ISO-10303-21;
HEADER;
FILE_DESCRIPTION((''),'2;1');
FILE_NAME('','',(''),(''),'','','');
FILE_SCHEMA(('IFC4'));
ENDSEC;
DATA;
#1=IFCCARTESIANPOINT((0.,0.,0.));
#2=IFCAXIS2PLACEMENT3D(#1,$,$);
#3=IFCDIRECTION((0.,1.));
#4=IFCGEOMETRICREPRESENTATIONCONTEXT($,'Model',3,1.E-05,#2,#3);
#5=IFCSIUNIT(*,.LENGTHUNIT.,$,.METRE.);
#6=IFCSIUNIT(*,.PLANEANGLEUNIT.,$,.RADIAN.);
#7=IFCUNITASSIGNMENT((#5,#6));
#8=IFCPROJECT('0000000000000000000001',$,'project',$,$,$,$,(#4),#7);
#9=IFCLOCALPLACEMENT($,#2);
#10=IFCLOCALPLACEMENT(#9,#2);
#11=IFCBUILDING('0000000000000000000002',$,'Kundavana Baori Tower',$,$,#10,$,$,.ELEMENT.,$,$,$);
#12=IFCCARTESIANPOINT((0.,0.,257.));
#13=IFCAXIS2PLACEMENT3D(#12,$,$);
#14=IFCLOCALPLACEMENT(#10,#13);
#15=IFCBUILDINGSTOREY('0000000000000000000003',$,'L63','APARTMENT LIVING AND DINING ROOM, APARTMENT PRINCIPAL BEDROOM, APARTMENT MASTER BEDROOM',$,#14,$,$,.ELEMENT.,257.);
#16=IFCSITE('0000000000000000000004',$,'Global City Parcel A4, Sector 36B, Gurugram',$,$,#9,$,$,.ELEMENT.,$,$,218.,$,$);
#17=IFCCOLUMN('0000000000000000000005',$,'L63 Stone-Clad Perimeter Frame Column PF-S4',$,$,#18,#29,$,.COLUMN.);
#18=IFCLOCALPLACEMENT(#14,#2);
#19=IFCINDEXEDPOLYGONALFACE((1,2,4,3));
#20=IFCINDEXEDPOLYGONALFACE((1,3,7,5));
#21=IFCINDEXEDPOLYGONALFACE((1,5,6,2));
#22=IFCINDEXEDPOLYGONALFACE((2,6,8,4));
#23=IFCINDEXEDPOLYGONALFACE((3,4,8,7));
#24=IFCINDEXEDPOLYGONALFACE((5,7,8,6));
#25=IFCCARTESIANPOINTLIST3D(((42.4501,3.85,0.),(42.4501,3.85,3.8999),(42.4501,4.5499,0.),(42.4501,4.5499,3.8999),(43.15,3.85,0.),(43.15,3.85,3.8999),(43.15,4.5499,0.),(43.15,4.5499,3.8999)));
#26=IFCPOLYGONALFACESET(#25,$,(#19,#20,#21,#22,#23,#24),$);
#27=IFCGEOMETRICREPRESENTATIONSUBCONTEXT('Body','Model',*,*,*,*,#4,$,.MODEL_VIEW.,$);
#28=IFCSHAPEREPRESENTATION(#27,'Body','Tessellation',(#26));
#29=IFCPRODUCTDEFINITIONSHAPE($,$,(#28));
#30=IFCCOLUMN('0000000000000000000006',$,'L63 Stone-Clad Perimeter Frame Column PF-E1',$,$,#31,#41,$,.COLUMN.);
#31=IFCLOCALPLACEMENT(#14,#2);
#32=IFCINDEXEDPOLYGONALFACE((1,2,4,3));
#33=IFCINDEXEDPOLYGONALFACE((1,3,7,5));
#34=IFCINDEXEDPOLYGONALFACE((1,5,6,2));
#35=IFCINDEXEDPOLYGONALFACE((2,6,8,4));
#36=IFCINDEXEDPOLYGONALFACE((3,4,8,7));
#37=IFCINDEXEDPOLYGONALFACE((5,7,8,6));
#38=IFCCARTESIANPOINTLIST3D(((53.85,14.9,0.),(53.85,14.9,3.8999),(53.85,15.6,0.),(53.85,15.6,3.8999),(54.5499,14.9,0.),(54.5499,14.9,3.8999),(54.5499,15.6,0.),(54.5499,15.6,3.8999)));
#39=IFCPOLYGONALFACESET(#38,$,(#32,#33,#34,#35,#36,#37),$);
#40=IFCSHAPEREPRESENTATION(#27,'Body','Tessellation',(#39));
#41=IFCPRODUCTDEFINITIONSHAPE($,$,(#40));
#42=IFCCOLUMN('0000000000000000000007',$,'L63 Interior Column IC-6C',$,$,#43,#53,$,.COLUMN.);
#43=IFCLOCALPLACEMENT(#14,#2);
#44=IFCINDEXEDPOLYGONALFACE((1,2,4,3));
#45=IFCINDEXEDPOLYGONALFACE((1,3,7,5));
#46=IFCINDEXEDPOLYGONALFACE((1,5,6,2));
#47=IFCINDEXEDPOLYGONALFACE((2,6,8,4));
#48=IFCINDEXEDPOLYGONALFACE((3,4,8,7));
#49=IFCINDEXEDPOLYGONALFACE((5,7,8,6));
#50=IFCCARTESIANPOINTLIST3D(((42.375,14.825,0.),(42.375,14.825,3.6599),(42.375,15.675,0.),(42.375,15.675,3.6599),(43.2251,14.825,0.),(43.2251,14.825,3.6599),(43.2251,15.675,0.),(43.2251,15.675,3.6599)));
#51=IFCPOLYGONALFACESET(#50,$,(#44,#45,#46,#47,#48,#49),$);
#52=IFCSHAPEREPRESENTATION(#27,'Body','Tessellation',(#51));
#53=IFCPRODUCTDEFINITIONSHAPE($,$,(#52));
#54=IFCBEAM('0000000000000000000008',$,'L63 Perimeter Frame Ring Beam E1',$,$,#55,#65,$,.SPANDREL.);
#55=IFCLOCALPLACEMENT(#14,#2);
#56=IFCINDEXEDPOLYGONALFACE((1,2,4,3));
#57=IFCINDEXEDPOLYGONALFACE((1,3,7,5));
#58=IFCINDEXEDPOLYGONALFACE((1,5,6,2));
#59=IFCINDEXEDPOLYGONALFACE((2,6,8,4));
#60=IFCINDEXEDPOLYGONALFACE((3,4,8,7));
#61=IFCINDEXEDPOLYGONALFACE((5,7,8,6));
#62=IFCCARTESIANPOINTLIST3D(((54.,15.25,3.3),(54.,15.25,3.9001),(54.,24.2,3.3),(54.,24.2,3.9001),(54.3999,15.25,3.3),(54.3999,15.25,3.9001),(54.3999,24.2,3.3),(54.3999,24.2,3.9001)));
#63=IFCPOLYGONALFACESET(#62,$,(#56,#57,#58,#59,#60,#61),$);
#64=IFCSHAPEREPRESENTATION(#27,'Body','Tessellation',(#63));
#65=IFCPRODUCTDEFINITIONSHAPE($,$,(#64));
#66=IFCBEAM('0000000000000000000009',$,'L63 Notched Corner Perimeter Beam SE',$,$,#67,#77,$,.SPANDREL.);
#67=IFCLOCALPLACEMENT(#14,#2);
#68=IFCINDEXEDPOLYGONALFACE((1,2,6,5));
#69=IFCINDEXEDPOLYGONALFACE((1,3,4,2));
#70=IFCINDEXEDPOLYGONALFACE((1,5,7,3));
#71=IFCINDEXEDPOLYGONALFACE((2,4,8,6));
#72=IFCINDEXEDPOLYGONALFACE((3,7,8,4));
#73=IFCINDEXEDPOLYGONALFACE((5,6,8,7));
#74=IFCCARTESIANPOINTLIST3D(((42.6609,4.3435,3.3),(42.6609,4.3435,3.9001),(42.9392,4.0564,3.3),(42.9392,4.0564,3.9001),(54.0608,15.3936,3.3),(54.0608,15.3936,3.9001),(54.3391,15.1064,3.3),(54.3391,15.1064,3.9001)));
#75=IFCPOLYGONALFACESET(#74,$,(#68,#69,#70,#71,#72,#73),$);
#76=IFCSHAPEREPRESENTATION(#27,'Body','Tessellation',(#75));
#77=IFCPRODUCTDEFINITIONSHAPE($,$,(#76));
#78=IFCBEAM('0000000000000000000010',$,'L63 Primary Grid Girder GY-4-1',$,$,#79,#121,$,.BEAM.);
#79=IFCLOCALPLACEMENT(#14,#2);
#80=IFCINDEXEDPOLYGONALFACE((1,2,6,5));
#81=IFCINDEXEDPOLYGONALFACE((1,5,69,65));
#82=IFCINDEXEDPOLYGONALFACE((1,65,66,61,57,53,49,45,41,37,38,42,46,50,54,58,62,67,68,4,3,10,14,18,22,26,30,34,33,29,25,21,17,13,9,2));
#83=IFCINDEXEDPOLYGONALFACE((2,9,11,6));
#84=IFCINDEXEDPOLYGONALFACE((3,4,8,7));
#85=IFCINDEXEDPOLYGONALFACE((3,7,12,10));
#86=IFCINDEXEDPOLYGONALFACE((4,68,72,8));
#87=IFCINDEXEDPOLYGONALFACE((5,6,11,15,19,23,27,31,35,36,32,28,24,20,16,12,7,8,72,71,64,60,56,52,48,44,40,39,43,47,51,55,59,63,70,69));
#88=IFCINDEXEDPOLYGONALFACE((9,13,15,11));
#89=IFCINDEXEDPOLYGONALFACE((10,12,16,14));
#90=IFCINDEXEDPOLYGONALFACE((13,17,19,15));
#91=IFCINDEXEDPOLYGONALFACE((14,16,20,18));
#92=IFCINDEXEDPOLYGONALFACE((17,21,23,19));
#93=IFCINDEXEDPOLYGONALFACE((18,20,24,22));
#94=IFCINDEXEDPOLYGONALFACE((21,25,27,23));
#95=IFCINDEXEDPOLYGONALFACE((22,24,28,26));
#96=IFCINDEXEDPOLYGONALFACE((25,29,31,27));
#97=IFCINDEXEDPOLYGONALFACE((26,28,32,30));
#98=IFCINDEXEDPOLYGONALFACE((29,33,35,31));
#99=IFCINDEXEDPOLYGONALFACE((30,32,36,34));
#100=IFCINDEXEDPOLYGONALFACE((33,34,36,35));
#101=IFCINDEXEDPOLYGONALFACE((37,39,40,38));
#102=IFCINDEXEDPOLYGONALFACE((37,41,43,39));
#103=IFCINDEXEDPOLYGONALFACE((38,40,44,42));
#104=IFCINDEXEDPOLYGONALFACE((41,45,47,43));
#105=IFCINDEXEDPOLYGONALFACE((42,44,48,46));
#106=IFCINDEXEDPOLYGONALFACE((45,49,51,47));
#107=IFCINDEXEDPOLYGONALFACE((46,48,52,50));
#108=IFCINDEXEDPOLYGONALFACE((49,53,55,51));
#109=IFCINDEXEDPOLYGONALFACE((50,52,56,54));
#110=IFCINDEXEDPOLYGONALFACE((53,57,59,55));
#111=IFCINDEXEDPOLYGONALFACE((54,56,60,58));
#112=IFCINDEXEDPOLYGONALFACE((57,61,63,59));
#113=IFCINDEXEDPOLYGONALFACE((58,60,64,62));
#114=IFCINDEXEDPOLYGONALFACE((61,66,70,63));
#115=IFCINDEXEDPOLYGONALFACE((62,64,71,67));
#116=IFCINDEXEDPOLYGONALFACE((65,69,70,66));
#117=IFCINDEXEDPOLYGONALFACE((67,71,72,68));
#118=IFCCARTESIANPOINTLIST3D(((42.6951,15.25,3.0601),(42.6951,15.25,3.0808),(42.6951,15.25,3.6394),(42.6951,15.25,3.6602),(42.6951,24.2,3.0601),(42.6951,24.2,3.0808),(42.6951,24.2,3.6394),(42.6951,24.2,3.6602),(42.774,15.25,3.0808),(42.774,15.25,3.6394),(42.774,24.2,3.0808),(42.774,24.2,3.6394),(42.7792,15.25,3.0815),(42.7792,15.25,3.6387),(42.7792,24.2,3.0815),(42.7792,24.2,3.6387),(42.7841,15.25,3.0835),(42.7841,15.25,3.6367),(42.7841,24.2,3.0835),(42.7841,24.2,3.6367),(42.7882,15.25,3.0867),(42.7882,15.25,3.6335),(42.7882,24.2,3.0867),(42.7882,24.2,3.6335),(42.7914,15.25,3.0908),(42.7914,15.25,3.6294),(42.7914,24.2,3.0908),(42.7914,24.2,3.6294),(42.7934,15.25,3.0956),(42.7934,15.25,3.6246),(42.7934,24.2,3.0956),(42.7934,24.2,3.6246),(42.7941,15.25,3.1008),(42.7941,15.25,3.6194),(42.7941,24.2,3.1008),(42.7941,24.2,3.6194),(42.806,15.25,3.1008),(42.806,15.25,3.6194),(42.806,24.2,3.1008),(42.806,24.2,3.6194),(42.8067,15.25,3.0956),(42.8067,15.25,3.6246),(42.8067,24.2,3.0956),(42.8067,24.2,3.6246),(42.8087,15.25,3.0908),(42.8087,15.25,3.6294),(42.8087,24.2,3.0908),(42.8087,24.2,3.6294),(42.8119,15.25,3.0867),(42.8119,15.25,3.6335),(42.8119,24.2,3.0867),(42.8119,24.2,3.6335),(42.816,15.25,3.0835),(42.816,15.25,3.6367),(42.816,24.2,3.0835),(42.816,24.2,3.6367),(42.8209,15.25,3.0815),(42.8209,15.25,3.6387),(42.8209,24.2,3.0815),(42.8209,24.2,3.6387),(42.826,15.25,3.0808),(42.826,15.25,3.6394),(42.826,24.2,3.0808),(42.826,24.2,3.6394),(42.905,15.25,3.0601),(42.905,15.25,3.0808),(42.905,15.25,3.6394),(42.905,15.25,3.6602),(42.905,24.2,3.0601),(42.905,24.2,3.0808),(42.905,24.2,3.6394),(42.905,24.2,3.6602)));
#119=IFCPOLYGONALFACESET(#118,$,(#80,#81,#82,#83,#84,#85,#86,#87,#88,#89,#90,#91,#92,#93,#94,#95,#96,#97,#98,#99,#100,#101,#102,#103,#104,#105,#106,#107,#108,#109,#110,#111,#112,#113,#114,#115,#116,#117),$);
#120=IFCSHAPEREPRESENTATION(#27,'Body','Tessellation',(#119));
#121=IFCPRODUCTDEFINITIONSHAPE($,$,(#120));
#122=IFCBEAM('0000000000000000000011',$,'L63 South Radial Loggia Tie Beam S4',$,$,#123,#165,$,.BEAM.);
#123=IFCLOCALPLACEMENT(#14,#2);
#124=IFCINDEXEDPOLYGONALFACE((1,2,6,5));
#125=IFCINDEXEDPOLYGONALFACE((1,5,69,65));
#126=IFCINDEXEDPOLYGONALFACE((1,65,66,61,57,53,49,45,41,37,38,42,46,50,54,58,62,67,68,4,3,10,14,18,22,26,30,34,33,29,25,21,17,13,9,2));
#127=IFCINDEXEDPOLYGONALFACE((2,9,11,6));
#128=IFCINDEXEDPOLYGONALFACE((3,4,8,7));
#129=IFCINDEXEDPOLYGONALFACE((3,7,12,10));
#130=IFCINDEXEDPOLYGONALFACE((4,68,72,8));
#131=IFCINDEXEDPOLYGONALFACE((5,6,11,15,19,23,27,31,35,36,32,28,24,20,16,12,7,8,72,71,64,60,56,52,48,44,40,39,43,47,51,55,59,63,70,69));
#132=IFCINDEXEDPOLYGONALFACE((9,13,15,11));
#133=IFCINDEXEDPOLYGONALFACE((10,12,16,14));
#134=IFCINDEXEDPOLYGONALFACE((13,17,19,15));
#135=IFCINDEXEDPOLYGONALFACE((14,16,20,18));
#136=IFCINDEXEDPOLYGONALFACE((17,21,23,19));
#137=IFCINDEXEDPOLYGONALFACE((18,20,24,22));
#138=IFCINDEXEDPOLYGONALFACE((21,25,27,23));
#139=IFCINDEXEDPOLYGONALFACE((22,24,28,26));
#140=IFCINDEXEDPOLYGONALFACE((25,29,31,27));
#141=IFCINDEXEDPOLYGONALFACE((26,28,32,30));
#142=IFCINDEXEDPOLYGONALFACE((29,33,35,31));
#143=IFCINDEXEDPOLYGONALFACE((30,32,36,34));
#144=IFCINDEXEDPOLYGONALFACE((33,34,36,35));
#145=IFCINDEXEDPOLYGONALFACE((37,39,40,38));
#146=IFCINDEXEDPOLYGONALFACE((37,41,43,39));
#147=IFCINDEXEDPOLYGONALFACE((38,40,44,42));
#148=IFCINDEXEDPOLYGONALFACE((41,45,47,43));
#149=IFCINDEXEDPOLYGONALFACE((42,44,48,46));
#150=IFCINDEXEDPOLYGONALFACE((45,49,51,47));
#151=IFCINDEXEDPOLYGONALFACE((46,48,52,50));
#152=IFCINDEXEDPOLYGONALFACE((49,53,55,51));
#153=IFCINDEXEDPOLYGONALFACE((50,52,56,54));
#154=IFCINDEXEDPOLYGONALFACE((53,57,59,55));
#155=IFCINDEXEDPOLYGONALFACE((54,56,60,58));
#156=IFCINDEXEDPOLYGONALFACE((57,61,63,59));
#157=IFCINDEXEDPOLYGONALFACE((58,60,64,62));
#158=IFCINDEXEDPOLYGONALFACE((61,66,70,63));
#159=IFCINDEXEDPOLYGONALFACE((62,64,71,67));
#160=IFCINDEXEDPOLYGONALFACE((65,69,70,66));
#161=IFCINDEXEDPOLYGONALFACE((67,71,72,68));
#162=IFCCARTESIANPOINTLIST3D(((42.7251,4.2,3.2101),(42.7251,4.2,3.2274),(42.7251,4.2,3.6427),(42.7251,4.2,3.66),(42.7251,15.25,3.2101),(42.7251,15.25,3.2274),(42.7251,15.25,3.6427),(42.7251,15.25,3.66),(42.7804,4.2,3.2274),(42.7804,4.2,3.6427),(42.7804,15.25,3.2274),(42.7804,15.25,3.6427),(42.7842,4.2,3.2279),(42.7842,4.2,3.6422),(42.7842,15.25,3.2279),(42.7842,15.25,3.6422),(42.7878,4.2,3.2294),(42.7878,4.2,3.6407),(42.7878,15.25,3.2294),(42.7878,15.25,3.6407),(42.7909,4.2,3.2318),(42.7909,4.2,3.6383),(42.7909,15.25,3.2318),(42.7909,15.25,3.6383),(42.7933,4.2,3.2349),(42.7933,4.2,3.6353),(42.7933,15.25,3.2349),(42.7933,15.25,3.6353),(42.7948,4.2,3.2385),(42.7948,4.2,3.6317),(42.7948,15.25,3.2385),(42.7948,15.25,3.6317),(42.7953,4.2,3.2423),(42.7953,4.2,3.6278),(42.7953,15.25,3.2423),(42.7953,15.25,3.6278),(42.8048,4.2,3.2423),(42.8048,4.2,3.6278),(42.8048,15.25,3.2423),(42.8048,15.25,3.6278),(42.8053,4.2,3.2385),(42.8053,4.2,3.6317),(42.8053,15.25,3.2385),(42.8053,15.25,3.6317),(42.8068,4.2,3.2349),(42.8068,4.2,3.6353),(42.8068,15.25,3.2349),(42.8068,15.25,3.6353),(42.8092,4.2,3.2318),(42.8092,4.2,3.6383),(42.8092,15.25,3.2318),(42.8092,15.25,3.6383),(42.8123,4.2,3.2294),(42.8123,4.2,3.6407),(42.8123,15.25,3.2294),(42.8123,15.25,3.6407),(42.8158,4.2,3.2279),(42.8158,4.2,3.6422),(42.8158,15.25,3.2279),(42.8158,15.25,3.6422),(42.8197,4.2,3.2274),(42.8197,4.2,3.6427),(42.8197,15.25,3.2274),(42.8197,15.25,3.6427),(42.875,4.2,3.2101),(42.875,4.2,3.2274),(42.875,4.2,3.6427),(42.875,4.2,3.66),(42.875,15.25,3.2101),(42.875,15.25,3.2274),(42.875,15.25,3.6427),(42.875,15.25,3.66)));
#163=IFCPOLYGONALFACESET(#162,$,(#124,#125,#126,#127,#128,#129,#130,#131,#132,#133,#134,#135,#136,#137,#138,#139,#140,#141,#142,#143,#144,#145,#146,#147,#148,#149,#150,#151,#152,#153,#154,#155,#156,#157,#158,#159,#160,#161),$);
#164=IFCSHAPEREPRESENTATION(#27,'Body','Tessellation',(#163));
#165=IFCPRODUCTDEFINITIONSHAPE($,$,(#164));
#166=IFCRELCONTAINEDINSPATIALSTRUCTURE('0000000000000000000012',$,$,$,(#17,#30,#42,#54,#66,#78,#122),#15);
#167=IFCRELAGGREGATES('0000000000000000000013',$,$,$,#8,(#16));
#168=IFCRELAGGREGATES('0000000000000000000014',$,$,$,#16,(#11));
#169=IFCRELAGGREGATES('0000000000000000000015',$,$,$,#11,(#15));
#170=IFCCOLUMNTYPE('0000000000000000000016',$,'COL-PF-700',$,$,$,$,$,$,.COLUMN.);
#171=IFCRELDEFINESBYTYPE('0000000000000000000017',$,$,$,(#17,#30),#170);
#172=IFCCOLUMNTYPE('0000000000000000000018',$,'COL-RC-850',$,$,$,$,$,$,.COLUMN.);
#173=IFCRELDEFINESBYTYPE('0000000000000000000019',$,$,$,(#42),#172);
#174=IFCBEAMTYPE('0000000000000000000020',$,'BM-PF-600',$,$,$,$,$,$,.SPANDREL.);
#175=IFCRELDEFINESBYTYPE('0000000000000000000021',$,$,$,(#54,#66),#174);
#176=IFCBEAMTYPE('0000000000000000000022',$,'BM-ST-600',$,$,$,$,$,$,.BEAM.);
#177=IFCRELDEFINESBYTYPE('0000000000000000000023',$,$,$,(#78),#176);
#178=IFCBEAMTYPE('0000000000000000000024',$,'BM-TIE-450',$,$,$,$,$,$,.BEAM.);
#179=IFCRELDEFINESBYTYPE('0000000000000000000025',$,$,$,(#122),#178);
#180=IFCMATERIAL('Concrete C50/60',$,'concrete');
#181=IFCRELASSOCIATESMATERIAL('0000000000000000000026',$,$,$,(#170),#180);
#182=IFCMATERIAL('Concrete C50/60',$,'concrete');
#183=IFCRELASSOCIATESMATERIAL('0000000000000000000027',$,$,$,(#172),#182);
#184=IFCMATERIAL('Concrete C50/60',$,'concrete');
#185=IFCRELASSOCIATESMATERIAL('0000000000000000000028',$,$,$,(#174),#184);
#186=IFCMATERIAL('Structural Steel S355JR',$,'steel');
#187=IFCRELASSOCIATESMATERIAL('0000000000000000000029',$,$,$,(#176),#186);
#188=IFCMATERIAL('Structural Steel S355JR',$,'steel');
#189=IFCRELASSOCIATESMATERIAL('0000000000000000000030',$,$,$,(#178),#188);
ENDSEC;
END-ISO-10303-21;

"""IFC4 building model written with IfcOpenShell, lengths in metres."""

from ifc_helpers import new_model, si_unit, direction, frame, origin, origin_2d, place, context, subcontext, project, spatial, rectangle, i_section, extrude, material, material_profile, profile_set, type_object, element, save


model = new_model("IFC4")

# Units and contexts
model_context = context("Model", 3, precision=1e-05, world=origin(), true_north=direction((0.0, 1.0)))
body_context = subcontext(model_context, "Body", "Model", "MODEL_VIEW")
ifc_project = project(units=[si_unit("LENGTHUNIT", "METRE"), si_unit("PLANEANGLEUNIT", "RADIAN")], contexts=[model_context])

# Site, building, storey
site_placement = place(None, origin())
site = spatial("IfcSite", under=ifc_project, at=site_placement, Name="Global City Parcel A4, Sector 36B, Gurugram", CompositionType="ELEMENT", RefElevation=218.0)
building_placement = place(site_placement, origin())
building = spatial("IfcBuilding", under=site, at=building_placement, Name="Kundavana Baori Tower", CompositionType="ELEMENT")
storey_placement = place(building_placement, frame((0.0, 0.0, 257.0)))
storey = spatial("IfcBuildingStorey", under=building, at=storey_placement, Name="L63", Description="APARTMENT LIVING AND DINING ROOM, APARTMENT PRINCIPAL BEDROOM, APARTMENT MASTER BEDROOM", CompositionType="ELEMENT", Elevation=257.0)

# Columns
ifc_material_1 = material(Name="Concrete C50/60", Category="concrete")
ifc_material_profile_1 = material_profile(ifc_material_1, rectangle(XDim=0.7, YDim=0.7, at=origin_2d()), Name="RC PF 700x700")
ifc_profile_set_1 = profile_set([ifc_material_profile_1], Name="Concrete C50/60")
column_type_1 = type_object("IfcColumnType", Name="COL-PF-700", PredefinedType="COLUMN", material=ifc_profile_set_1)
for number, where, z_axis, x_axis, name in (
    (1, (42.8, 4.2, 0.0), (0.0, 0.0, 1.0), (1.0, 0.0, 0.0), "L63 Stone-Clad Perimeter Frame Column PF-S4"),
    (2, (54.2, 15.25, 0.0), (0.0, 0.0, 1.0), (1.0, 0.0, 0.0), "L63 Stone-Clad Perimeter Frame Column PF-E1"),
):
    element("IfcColumn", number, at=place(storey_placement, frame(where, z_axis=z_axis, x_axis=x_axis)), inside=storey, type_object=column_type_1, Name=name, PredefinedType="COLUMN", context=body_context, shape_type="SweptSolid", body=[
        extrude(rectangle(XDim=0.7, YDim=0.7, at=origin_2d()), origin(), (0.0, 0.0, 1.0), 3.8999),
    ])
ifc_material_2 = material(Name="Concrete C50/60", Category="concrete")
ifc_material_profile_2 = material_profile(ifc_material_2, rectangle(XDim=0.8501, YDim=0.8501, at=origin_2d()), Name="RC 850x850")
ifc_profile_set_2 = profile_set([ifc_material_profile_2], Name="Concrete C50/60")
column_type_2 = type_object("IfcColumnType", Name="COL-RC-850", PredefinedType="COLUMN", material=ifc_profile_set_2)
column_placement = place(storey_placement, frame((42.8, 15.25, 0.0), z_axis=(0.0, 0.0, 1.0), x_axis=(1.0, 0.0, 0.0)))
element("IfcColumn", 3, at=column_placement, inside=storey, type_object=column_type_2, Name="L63 Interior Column IC-6C", PredefinedType="COLUMN", context=body_context, shape_type="SweptSolid", body=[
    extrude(rectangle(XDim=0.8501, YDim=0.8501, at=origin_2d()), origin(), (0.0, 0.0, 1.0), 3.6599),
])

# Beams
ifc_material_3 = material(Name="Concrete C50/60", Category="concrete")
ifc_material_profile_3 = material_profile(ifc_material_3, rectangle(XDim=0.3999, YDim=0.6001, at=origin_2d()), Name="RC BM 400x600")
ifc_profile_set_3 = profile_set([ifc_material_profile_3], Name="Concrete C50/60")
beam_type_1 = type_object("IfcBeamType", Name="BM-PF-600", PredefinedType="SPANDREL", material=ifc_profile_set_3)
beam_1_placement = place(storey_placement, frame((54.2, 15.25, 3.6001), z_axis=(0.0, 1.0, 0.0), x_axis=(-1.0, 0.0, 0.0)))
element("IfcBeam", 4, at=beam_1_placement, inside=storey, type_object=beam_type_1, Name="L63 Perimeter Frame Ring Beam E1", PredefinedType="SPANDREL", context=body_context, shape_type="SweptSolid", body=[
    extrude(rectangle(XDim=0.3999, YDim=0.6001, at=origin_2d()), origin(), (0.0, 0.0, 1.0), 8.95),
])
beam_2_placement = place(storey_placement, frame((42.8, 4.2, 3.6001), z_axis=(0.718039, 0.696003, 0.0), x_axis=(-0.696003, 0.718039, 0.0)))
element("IfcBeam", 5, at=beam_2_placement, inside=storey, type_object=beam_type_1, Name="L63 Notched Corner Perimeter Beam SE", PredefinedType="SPANDREL", context=body_context, shape_type="SweptSolid", body=[
    extrude(rectangle(XDim=0.3999, YDim=0.6001, at=origin_2d()), origin(), (0.0, 0.0, 1.0), 15.8765),
])
ifc_material_4 = material(Name="Structural Steel S355JR", Category="steel")
ifc_material_profile_4 = material_profile(ifc_material_4, i_section(OverallWidth=0.21, OverallDepth=0.6001, WebThickness=0.012, FlangeThickness=0.0208, FilletRadius=0.02, at=origin_2d()), Name="ISMB 600")
ifc_profile_set_4 = profile_set([ifc_material_profile_4], Name="Structural Steel S355JR")
beam_type_2 = type_object("IfcBeamType", Name="BM-ST-600", PredefinedType="BEAM", material=ifc_profile_set_4)
beam_3_placement = place(storey_placement, frame((42.8, 15.25, 3.3601), z_axis=(0.0, 1.0, 0.0), x_axis=(-1.0, 0.0, 0.0)))
element("IfcBeam", 6, at=beam_3_placement, inside=storey, type_object=beam_type_2, Name="L63 Primary Grid Girder GY-4-1", PredefinedType="BEAM", context=body_context, shape_type="SweptSolid", body=[
    extrude(i_section(OverallWidth=0.21, OverallDepth=0.6001, WebThickness=0.012, FlangeThickness=0.0208, FilletRadius=0.02, at=origin_2d()), origin(), (0.0, 0.0, 1.0), 8.95),
])
ifc_material_5 = material(Name="Structural Steel S355JR", Category="steel")
ifc_material_profile_5 = material_profile(ifc_material_5, i_section(OverallWidth=0.1499, OverallDepth=0.45, WebThickness=0.0095, FlangeThickness=0.0173, FilletRadius=0.0149, at=origin_2d()), Name="ISMB 450")
ifc_profile_set_5 = profile_set([ifc_material_profile_5], Name="Structural Steel S355JR")
beam_type_3 = type_object("IfcBeamType", Name="BM-TIE-450", PredefinedType="BEAM", material=ifc_profile_set_5)
beam_4_placement = place(storey_placement, frame((42.8, 15.25, 3.4351), z_axis=(0.0, -1.0, 0.0), x_axis=(1.0, 0.0, 0.0)))
element("IfcBeam", 7, at=beam_4_placement, inside=storey, type_object=beam_type_3, Name="L63 South Radial Loggia Tie Beam S4", PredefinedType="BEAM", context=body_context, shape_type="SweptSolid", body=[
    extrude(i_section(OverallWidth=0.1499, OverallDepth=0.45, WebThickness=0.0095, FlangeThickness=0.0173, FilletRadius=0.0149, at=origin_2d()), origin(), (0.0, 0.0, 1.0), 11.05),
])

save(model, "model.ifc")
